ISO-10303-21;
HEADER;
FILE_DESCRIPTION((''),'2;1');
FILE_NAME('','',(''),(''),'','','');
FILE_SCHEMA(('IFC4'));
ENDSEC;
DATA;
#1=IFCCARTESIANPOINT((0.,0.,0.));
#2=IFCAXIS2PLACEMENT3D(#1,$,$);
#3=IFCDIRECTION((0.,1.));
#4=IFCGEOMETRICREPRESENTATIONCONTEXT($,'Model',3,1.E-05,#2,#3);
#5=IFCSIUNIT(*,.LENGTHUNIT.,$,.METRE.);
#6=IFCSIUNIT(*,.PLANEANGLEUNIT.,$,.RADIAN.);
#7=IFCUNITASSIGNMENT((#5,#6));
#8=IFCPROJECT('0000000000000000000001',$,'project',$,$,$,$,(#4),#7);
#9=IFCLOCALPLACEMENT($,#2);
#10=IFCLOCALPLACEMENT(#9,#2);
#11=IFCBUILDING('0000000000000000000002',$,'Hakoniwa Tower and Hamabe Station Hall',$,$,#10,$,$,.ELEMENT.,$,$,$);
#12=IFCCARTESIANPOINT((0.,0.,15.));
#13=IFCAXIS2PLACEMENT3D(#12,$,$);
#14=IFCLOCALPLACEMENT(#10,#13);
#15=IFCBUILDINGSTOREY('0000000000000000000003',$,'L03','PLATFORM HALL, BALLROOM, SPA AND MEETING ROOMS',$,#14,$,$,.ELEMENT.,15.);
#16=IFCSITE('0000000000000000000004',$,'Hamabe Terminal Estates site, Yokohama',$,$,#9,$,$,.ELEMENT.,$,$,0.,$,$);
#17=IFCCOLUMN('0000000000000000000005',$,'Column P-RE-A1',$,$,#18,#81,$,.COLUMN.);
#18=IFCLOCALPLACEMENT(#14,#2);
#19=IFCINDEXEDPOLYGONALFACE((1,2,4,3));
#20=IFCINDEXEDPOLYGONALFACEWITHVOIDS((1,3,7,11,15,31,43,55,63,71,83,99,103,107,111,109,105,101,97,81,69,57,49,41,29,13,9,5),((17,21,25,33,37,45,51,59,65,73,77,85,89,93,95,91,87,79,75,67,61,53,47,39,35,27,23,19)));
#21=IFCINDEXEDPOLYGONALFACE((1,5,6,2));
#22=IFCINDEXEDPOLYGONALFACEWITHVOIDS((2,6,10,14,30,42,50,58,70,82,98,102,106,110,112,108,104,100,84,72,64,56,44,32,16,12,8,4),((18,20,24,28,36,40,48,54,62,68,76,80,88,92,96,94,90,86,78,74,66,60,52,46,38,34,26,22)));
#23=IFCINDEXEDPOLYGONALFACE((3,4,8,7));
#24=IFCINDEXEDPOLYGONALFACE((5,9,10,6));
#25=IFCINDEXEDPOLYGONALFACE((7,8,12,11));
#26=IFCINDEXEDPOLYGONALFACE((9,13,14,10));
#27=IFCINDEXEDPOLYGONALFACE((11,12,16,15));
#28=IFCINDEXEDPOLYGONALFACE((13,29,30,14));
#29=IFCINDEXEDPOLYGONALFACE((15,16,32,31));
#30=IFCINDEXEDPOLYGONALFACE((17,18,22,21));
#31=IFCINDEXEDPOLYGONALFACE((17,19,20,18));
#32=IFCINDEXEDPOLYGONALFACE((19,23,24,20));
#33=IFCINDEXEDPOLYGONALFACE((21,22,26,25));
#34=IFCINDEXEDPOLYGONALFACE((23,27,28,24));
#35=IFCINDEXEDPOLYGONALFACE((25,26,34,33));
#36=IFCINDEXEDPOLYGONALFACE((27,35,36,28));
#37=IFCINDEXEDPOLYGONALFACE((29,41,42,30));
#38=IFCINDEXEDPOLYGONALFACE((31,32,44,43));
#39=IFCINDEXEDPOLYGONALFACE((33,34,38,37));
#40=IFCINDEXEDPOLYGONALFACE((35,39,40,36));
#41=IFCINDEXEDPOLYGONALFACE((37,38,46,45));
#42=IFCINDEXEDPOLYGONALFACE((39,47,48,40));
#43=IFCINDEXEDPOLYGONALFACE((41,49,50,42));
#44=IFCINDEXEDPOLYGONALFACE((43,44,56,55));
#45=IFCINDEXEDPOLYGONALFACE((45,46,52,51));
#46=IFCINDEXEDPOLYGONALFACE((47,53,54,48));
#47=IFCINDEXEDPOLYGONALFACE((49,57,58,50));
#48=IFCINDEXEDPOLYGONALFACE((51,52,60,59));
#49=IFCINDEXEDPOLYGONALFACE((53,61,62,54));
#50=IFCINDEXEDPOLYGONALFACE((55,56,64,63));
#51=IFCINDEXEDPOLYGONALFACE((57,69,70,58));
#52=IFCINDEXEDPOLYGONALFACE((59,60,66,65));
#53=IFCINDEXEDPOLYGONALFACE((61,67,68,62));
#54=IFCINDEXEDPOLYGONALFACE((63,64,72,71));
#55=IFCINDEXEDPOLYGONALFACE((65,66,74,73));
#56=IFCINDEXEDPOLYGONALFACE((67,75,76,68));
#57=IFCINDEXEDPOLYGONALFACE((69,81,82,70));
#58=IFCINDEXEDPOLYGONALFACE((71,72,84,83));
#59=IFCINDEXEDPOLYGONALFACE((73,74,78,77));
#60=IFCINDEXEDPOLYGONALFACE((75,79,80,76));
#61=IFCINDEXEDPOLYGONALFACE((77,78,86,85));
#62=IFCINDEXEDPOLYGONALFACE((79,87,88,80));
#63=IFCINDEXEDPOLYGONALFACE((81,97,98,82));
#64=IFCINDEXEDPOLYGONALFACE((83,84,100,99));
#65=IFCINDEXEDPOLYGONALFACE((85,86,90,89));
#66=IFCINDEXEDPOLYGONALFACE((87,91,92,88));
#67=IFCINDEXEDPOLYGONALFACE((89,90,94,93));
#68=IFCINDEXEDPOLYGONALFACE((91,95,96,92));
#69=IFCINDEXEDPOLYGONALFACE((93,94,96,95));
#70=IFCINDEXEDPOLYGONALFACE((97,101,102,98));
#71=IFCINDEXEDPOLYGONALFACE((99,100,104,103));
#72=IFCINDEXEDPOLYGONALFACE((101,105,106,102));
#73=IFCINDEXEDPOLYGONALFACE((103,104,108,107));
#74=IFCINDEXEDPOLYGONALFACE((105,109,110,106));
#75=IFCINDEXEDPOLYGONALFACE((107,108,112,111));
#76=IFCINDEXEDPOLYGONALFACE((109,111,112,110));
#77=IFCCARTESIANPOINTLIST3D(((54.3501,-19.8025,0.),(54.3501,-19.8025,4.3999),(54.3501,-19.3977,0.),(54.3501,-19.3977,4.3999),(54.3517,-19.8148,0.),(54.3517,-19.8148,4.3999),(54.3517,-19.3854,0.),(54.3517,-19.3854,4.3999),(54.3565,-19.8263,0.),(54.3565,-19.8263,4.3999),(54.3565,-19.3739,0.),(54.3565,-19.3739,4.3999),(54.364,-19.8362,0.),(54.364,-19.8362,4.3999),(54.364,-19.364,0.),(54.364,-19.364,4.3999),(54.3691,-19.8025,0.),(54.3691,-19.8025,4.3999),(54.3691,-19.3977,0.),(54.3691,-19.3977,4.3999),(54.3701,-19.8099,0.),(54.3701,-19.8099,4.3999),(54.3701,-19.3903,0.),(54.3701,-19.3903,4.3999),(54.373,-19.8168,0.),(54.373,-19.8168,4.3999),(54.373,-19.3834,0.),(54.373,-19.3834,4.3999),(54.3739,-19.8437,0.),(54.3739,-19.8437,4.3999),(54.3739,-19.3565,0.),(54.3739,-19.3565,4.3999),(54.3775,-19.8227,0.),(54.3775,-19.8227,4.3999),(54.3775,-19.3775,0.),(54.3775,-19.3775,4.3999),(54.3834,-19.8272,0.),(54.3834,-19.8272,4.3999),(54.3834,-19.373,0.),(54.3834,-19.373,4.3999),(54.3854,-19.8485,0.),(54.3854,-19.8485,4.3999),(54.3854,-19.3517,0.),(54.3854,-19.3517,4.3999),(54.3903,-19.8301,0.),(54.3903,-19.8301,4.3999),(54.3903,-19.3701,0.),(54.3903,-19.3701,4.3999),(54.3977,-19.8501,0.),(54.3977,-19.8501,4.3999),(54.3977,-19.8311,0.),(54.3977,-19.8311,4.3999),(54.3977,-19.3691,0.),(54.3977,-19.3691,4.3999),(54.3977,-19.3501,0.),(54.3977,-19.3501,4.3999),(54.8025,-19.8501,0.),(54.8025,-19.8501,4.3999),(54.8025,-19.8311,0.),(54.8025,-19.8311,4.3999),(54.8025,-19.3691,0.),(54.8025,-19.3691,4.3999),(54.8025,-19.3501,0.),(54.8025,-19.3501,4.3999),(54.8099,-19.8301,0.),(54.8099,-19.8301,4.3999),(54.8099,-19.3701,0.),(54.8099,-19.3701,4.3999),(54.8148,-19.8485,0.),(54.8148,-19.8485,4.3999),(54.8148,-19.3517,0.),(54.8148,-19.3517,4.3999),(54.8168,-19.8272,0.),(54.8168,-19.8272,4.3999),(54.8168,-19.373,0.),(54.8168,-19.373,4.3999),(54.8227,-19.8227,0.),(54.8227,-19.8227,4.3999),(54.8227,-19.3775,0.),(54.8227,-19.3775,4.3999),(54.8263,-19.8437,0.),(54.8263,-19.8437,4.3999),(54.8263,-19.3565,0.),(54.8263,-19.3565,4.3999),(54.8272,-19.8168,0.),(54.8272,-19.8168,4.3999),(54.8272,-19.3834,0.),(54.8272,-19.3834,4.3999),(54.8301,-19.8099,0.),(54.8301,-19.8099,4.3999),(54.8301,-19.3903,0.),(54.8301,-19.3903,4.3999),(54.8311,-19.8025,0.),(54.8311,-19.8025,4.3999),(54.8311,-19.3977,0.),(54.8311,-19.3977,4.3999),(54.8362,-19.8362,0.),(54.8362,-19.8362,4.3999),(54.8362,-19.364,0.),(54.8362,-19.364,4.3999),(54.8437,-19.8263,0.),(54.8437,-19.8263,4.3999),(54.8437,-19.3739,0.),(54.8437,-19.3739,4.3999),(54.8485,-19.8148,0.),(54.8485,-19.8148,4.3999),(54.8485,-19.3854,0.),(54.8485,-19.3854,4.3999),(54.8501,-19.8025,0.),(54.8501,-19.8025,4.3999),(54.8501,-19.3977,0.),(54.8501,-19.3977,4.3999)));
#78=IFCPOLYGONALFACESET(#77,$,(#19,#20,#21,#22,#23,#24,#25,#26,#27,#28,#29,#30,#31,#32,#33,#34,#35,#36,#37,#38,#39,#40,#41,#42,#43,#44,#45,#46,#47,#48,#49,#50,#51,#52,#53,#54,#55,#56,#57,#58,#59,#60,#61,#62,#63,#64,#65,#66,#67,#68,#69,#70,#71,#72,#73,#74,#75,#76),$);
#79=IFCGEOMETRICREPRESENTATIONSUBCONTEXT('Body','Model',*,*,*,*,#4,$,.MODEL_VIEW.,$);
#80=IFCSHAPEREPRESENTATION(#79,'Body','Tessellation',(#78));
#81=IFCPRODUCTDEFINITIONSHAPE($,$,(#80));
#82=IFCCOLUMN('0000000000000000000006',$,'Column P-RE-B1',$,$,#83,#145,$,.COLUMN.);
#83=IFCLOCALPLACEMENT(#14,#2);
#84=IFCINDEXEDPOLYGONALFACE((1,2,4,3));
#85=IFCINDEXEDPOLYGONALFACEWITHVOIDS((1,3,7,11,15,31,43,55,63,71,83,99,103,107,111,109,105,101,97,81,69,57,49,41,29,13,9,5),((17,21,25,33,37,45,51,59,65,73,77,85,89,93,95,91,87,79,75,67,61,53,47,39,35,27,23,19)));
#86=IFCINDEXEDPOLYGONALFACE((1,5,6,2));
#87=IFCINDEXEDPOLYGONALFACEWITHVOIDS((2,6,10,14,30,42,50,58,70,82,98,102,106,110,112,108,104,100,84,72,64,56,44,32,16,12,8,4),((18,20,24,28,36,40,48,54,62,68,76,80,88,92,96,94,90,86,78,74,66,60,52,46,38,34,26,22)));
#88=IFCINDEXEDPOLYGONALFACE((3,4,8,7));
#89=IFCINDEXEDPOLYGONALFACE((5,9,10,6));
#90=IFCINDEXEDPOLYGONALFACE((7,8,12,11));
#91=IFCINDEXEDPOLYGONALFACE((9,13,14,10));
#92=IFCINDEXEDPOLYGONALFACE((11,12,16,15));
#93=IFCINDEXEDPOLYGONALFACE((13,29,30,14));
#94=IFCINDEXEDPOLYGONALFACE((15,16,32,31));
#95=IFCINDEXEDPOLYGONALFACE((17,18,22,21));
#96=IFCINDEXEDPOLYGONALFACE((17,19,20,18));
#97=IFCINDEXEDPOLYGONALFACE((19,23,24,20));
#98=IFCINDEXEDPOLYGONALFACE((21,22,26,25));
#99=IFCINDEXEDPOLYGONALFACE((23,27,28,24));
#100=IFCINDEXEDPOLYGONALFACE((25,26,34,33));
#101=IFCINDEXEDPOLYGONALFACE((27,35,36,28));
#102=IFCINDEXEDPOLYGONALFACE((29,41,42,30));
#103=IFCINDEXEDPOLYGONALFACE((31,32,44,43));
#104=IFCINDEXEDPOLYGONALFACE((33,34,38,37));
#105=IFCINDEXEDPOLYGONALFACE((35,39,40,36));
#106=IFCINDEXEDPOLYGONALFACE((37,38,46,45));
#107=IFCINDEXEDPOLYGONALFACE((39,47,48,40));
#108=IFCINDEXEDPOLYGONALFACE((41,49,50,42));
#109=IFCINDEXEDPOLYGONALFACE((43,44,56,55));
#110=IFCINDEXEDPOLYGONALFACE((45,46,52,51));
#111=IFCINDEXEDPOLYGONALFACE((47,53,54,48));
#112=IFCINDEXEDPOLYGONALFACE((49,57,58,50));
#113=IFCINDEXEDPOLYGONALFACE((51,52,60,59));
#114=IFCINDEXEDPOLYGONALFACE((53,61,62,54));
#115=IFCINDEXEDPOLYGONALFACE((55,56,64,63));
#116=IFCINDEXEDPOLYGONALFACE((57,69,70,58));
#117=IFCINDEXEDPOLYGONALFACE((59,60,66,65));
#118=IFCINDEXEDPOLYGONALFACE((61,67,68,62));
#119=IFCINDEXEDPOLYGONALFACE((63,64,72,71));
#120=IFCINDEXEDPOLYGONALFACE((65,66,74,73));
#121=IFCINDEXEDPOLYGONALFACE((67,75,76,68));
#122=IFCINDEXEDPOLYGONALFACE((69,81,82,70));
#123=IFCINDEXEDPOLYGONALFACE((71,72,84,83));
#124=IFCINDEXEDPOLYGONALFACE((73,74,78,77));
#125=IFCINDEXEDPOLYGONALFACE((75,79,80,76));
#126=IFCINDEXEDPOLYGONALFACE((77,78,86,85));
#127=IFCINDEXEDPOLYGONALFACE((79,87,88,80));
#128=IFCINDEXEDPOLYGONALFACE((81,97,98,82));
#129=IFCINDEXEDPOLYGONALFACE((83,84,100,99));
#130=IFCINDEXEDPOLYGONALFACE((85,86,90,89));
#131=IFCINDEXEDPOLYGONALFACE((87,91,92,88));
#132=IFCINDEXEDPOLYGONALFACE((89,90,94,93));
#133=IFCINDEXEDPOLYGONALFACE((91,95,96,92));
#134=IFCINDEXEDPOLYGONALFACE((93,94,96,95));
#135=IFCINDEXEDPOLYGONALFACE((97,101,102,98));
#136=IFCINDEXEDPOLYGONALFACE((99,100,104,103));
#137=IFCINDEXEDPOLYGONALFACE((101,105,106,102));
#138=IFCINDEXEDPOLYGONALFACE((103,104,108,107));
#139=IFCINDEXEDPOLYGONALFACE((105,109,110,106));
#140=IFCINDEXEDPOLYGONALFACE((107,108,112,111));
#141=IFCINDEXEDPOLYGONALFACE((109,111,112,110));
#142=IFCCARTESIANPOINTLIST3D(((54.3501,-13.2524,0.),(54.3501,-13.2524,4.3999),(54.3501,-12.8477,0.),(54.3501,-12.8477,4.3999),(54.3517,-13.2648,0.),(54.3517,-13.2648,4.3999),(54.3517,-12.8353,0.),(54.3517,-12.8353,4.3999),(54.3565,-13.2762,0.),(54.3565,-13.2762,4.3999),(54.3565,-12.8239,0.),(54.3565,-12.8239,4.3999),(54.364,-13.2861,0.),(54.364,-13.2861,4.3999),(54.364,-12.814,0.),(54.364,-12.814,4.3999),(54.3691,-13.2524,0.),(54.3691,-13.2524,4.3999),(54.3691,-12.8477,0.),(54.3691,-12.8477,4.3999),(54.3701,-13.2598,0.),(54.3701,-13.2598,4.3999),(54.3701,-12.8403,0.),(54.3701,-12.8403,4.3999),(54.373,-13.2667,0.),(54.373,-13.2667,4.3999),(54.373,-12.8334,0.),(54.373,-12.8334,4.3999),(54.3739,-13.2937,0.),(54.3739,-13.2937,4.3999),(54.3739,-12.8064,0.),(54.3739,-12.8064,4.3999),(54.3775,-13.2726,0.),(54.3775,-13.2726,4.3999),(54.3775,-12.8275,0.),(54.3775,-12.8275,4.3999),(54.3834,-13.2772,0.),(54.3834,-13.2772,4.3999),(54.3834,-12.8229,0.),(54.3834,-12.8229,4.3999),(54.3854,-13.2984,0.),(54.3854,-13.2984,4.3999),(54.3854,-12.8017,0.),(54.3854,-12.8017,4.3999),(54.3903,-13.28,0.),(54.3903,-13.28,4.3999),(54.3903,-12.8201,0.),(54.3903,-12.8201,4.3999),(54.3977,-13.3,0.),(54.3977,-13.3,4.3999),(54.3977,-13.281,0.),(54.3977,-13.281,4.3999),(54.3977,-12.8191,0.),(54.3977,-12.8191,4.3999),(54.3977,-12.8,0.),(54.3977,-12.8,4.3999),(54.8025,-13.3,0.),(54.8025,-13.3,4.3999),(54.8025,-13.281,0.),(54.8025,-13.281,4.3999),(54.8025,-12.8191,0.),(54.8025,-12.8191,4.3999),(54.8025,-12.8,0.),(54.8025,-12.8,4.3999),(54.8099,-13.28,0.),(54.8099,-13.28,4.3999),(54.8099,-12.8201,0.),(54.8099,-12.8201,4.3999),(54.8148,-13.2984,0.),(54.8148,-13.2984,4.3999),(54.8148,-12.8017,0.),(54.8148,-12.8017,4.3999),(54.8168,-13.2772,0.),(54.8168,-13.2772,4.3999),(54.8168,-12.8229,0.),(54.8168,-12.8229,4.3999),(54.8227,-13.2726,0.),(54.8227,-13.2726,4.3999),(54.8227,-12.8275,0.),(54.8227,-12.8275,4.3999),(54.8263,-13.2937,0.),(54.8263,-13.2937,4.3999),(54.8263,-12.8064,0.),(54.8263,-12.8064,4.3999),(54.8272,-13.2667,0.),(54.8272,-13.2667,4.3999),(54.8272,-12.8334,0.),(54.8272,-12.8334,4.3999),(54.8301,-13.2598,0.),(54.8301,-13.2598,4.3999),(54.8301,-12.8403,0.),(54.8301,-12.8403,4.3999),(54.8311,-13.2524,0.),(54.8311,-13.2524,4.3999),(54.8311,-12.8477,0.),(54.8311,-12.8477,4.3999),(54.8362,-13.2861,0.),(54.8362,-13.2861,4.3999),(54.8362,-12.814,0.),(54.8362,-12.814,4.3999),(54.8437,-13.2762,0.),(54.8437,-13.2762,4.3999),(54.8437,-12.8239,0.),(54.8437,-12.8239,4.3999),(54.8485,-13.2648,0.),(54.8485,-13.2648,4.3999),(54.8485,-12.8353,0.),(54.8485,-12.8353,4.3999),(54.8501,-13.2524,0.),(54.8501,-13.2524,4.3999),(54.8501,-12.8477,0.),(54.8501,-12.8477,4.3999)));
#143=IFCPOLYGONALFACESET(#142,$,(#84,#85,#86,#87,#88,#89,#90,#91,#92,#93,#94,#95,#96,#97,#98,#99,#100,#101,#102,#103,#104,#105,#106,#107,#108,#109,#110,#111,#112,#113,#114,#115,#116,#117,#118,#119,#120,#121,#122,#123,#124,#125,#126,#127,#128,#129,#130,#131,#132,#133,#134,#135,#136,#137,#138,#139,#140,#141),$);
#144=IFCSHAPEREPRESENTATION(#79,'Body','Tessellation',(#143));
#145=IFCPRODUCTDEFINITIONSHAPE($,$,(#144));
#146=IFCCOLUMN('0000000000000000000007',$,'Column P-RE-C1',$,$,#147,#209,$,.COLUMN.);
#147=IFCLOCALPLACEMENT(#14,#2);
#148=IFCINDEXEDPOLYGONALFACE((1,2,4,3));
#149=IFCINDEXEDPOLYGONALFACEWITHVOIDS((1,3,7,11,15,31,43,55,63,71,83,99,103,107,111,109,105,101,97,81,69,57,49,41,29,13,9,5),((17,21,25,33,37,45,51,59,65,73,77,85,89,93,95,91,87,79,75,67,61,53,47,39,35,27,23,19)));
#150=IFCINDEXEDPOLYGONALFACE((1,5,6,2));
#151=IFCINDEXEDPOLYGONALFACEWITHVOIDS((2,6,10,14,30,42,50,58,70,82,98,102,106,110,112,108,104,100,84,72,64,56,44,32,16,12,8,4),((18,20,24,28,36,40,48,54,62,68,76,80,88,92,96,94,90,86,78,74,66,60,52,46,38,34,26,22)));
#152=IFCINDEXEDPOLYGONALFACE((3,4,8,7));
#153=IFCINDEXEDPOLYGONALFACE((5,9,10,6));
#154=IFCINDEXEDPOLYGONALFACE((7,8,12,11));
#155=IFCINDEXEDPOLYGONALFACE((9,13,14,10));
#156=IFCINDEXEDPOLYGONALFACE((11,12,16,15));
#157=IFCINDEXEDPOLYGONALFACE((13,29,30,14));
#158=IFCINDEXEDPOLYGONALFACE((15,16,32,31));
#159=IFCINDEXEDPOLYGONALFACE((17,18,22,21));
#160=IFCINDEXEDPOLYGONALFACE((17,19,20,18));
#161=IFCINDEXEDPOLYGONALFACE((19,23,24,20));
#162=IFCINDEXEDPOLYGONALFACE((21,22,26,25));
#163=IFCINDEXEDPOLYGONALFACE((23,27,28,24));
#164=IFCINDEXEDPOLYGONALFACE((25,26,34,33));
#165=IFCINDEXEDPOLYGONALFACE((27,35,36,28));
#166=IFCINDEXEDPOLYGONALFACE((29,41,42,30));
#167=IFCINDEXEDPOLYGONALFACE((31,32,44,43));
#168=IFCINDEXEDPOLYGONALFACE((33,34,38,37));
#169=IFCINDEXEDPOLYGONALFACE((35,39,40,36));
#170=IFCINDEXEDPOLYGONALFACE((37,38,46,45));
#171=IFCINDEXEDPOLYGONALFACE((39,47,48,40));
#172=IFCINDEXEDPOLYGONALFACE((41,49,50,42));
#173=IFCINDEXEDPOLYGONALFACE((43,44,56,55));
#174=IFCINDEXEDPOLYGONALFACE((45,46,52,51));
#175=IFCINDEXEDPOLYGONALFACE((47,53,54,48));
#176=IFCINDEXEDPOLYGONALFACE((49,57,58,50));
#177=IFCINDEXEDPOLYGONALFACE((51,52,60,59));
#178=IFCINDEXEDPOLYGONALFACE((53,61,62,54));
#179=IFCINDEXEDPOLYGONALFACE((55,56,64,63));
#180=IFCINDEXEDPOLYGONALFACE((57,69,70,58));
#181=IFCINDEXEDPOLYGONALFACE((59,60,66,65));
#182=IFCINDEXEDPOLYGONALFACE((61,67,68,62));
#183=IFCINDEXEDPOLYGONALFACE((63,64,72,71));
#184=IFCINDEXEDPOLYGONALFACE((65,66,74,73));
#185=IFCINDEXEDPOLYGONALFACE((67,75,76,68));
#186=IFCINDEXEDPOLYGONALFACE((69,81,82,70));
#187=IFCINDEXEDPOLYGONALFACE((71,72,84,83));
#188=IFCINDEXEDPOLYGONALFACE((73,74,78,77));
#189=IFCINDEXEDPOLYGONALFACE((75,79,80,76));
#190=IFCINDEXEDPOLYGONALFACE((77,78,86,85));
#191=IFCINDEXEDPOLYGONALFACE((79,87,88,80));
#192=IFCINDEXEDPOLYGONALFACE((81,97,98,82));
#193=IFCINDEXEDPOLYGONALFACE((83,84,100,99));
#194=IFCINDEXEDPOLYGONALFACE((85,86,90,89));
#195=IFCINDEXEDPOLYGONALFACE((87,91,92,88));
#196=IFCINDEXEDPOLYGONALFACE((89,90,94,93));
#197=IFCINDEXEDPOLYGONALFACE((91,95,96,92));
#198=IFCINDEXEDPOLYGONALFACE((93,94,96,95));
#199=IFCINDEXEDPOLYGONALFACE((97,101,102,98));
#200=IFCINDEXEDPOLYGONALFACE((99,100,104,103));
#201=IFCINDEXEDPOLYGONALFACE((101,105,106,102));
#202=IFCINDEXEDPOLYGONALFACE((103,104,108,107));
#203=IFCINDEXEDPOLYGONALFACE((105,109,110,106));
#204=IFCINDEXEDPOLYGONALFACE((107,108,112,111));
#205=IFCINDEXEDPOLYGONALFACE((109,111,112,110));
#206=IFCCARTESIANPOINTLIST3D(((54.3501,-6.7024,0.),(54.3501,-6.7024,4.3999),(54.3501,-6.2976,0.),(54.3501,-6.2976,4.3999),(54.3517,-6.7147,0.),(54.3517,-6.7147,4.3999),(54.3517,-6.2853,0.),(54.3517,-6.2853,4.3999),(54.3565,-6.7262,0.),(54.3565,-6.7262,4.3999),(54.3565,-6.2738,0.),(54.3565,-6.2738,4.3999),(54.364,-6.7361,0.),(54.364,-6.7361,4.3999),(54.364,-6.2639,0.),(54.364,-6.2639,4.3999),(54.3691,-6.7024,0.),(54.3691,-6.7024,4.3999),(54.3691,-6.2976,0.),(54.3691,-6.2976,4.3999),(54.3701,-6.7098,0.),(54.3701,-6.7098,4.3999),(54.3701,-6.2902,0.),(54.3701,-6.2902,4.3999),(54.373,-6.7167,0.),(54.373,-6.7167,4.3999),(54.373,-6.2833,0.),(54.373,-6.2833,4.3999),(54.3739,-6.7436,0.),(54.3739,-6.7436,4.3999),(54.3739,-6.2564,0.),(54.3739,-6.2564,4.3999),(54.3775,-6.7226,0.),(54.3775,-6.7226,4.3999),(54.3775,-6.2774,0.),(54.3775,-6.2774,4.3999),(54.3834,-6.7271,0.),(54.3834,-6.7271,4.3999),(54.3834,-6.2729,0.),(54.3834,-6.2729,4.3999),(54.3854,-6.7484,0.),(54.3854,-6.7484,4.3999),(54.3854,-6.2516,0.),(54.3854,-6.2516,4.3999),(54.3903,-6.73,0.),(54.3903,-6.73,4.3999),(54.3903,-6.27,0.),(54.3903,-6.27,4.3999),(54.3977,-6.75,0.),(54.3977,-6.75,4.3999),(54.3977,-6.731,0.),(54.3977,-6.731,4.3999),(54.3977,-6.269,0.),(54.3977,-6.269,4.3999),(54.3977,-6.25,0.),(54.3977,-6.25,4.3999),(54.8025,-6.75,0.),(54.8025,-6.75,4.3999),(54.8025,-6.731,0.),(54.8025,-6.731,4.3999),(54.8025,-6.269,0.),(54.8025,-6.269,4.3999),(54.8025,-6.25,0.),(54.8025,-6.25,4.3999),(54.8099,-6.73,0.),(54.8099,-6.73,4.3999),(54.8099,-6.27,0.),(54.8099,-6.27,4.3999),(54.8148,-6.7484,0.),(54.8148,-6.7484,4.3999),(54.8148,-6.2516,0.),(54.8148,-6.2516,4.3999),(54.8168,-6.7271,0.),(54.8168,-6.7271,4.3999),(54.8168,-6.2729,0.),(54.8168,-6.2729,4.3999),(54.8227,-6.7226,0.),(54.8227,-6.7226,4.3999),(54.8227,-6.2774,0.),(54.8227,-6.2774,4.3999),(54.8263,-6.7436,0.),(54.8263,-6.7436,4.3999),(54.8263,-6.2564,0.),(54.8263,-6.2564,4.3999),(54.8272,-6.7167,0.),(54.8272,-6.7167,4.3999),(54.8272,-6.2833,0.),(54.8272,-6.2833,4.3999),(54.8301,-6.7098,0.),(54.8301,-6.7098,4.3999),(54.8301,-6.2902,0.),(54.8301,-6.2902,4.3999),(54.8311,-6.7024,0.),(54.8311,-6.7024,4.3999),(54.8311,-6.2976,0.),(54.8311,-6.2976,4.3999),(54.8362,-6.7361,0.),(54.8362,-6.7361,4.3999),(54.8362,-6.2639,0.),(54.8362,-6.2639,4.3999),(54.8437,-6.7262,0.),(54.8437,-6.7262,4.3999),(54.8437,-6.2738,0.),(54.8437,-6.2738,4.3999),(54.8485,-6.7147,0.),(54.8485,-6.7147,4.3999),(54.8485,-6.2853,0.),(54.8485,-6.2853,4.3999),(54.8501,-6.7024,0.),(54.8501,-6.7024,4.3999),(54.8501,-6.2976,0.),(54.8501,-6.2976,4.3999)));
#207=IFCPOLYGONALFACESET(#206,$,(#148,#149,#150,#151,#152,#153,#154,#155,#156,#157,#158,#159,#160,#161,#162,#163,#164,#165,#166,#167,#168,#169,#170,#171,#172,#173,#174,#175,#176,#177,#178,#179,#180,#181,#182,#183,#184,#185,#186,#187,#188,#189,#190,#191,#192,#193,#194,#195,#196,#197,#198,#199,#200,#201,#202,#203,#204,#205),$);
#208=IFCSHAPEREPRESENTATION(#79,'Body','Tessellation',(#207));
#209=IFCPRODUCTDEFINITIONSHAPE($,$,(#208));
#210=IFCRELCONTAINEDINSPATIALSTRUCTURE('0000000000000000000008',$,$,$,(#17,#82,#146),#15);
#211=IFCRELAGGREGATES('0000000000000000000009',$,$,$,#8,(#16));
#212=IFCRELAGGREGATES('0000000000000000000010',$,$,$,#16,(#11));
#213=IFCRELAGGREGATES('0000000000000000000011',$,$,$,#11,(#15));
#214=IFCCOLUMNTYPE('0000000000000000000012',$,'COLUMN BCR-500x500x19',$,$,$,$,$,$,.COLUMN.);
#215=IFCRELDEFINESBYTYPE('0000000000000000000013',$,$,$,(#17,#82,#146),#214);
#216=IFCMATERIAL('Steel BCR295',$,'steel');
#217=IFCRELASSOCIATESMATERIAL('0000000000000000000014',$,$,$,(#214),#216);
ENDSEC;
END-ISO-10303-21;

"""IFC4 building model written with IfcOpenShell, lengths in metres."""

from ifc_helpers import new_model, si_unit, direction, frame, origin, origin_2d, place, context, subcontext, project, spatial, hollow_rectangle, extrude, material, material_profile, profile_set, type_object, element, save


model = new_model("IFC4")

# Units and contexts
model_context = context("Model", 3, precision=1e-05, world=origin(), true_north=direction((0.0, 1.0)))
body_context = subcontext(model_context, "Body", "Model", "MODEL_VIEW")
ifc_project = project(units=[si_unit("LENGTHUNIT", "METRE"), si_unit("PLANEANGLEUNIT", "RADIAN")], contexts=[model_context])

# Site, building, storey
site_placement = place(None, origin())
site = spatial("IfcSite", under=ifc_project, at=site_placement, Name="Hamabe Terminal Estates site, Yokohama", CompositionType="ELEMENT", RefElevation=0.0)
building_placement = place(site_placement, origin())
building = spatial("IfcBuilding", under=site, at=building_placement, Name="Hakoniwa Tower and Hamabe Station Hall", CompositionType="ELEMENT")
storey_placement = place(building_placement, frame((0.0, 0.0, 15.0)))
storey = spatial("IfcBuildingStorey", under=building, at=storey_placement, Name="L03", Description="PLATFORM HALL, BALLROOM, SPA AND MEETING ROOMS", CompositionType="ELEMENT", Elevation=15.0)

# Columns
ifc_material_1 = material(Name="Steel BCR295", Category="steel")
ifc_material_profile_1 = material_profile(ifc_material_1, hollow_rectangle(XDim=0.5, YDim=0.5, WallThickness=0.019, InnerFilletRadius=0.0286, OuterFilletRadius=0.0476, at=origin_2d()), Name="BCR-500x500x19")
ifc_profile_set_1 = profile_set([ifc_material_profile_1], Name="Steel BCR295")
column_type_1 = type_object("IfcColumnType", Name="COLUMN BCR-500x500x19", PredefinedType="COLUMN", material=ifc_profile_set_1)
for number, where, z_axis, x_axis, name in (
    (1, (54.6001, -19.6001, 0.0), (0.0, 0.0, 1.0), (1.0, 0.0, 0.0), "Column P-RE-A1"),
    (2, (54.6001, -13.05, 0.0), (0.0, 0.0, 1.0), (1.0, 0.0, 0.0), "Column P-RE-B1"),
    (3, (54.6001, -6.5, 0.0), (0.0, 0.0, 1.0), (1.0, 0.0, 0.0), "Column P-RE-C1"),
):
    element("IfcColumn", number, at=place(storey_placement, frame(where, z_axis=z_axis, x_axis=x_axis)), inside=storey, type_object=column_type_1, Name=name, PredefinedType="COLUMN", context=body_context, shape_type="SweptSolid", body=[
        extrude(hollow_rectangle(XDim=0.5, YDim=0.5, WallThickness=0.019, InnerFilletRadius=0.0286, OuterFilletRadius=0.0476, at=origin_2d()), origin(), (0.0, 0.0, 1.0), 4.3999),
    ])

save(model, "model.ifc")
